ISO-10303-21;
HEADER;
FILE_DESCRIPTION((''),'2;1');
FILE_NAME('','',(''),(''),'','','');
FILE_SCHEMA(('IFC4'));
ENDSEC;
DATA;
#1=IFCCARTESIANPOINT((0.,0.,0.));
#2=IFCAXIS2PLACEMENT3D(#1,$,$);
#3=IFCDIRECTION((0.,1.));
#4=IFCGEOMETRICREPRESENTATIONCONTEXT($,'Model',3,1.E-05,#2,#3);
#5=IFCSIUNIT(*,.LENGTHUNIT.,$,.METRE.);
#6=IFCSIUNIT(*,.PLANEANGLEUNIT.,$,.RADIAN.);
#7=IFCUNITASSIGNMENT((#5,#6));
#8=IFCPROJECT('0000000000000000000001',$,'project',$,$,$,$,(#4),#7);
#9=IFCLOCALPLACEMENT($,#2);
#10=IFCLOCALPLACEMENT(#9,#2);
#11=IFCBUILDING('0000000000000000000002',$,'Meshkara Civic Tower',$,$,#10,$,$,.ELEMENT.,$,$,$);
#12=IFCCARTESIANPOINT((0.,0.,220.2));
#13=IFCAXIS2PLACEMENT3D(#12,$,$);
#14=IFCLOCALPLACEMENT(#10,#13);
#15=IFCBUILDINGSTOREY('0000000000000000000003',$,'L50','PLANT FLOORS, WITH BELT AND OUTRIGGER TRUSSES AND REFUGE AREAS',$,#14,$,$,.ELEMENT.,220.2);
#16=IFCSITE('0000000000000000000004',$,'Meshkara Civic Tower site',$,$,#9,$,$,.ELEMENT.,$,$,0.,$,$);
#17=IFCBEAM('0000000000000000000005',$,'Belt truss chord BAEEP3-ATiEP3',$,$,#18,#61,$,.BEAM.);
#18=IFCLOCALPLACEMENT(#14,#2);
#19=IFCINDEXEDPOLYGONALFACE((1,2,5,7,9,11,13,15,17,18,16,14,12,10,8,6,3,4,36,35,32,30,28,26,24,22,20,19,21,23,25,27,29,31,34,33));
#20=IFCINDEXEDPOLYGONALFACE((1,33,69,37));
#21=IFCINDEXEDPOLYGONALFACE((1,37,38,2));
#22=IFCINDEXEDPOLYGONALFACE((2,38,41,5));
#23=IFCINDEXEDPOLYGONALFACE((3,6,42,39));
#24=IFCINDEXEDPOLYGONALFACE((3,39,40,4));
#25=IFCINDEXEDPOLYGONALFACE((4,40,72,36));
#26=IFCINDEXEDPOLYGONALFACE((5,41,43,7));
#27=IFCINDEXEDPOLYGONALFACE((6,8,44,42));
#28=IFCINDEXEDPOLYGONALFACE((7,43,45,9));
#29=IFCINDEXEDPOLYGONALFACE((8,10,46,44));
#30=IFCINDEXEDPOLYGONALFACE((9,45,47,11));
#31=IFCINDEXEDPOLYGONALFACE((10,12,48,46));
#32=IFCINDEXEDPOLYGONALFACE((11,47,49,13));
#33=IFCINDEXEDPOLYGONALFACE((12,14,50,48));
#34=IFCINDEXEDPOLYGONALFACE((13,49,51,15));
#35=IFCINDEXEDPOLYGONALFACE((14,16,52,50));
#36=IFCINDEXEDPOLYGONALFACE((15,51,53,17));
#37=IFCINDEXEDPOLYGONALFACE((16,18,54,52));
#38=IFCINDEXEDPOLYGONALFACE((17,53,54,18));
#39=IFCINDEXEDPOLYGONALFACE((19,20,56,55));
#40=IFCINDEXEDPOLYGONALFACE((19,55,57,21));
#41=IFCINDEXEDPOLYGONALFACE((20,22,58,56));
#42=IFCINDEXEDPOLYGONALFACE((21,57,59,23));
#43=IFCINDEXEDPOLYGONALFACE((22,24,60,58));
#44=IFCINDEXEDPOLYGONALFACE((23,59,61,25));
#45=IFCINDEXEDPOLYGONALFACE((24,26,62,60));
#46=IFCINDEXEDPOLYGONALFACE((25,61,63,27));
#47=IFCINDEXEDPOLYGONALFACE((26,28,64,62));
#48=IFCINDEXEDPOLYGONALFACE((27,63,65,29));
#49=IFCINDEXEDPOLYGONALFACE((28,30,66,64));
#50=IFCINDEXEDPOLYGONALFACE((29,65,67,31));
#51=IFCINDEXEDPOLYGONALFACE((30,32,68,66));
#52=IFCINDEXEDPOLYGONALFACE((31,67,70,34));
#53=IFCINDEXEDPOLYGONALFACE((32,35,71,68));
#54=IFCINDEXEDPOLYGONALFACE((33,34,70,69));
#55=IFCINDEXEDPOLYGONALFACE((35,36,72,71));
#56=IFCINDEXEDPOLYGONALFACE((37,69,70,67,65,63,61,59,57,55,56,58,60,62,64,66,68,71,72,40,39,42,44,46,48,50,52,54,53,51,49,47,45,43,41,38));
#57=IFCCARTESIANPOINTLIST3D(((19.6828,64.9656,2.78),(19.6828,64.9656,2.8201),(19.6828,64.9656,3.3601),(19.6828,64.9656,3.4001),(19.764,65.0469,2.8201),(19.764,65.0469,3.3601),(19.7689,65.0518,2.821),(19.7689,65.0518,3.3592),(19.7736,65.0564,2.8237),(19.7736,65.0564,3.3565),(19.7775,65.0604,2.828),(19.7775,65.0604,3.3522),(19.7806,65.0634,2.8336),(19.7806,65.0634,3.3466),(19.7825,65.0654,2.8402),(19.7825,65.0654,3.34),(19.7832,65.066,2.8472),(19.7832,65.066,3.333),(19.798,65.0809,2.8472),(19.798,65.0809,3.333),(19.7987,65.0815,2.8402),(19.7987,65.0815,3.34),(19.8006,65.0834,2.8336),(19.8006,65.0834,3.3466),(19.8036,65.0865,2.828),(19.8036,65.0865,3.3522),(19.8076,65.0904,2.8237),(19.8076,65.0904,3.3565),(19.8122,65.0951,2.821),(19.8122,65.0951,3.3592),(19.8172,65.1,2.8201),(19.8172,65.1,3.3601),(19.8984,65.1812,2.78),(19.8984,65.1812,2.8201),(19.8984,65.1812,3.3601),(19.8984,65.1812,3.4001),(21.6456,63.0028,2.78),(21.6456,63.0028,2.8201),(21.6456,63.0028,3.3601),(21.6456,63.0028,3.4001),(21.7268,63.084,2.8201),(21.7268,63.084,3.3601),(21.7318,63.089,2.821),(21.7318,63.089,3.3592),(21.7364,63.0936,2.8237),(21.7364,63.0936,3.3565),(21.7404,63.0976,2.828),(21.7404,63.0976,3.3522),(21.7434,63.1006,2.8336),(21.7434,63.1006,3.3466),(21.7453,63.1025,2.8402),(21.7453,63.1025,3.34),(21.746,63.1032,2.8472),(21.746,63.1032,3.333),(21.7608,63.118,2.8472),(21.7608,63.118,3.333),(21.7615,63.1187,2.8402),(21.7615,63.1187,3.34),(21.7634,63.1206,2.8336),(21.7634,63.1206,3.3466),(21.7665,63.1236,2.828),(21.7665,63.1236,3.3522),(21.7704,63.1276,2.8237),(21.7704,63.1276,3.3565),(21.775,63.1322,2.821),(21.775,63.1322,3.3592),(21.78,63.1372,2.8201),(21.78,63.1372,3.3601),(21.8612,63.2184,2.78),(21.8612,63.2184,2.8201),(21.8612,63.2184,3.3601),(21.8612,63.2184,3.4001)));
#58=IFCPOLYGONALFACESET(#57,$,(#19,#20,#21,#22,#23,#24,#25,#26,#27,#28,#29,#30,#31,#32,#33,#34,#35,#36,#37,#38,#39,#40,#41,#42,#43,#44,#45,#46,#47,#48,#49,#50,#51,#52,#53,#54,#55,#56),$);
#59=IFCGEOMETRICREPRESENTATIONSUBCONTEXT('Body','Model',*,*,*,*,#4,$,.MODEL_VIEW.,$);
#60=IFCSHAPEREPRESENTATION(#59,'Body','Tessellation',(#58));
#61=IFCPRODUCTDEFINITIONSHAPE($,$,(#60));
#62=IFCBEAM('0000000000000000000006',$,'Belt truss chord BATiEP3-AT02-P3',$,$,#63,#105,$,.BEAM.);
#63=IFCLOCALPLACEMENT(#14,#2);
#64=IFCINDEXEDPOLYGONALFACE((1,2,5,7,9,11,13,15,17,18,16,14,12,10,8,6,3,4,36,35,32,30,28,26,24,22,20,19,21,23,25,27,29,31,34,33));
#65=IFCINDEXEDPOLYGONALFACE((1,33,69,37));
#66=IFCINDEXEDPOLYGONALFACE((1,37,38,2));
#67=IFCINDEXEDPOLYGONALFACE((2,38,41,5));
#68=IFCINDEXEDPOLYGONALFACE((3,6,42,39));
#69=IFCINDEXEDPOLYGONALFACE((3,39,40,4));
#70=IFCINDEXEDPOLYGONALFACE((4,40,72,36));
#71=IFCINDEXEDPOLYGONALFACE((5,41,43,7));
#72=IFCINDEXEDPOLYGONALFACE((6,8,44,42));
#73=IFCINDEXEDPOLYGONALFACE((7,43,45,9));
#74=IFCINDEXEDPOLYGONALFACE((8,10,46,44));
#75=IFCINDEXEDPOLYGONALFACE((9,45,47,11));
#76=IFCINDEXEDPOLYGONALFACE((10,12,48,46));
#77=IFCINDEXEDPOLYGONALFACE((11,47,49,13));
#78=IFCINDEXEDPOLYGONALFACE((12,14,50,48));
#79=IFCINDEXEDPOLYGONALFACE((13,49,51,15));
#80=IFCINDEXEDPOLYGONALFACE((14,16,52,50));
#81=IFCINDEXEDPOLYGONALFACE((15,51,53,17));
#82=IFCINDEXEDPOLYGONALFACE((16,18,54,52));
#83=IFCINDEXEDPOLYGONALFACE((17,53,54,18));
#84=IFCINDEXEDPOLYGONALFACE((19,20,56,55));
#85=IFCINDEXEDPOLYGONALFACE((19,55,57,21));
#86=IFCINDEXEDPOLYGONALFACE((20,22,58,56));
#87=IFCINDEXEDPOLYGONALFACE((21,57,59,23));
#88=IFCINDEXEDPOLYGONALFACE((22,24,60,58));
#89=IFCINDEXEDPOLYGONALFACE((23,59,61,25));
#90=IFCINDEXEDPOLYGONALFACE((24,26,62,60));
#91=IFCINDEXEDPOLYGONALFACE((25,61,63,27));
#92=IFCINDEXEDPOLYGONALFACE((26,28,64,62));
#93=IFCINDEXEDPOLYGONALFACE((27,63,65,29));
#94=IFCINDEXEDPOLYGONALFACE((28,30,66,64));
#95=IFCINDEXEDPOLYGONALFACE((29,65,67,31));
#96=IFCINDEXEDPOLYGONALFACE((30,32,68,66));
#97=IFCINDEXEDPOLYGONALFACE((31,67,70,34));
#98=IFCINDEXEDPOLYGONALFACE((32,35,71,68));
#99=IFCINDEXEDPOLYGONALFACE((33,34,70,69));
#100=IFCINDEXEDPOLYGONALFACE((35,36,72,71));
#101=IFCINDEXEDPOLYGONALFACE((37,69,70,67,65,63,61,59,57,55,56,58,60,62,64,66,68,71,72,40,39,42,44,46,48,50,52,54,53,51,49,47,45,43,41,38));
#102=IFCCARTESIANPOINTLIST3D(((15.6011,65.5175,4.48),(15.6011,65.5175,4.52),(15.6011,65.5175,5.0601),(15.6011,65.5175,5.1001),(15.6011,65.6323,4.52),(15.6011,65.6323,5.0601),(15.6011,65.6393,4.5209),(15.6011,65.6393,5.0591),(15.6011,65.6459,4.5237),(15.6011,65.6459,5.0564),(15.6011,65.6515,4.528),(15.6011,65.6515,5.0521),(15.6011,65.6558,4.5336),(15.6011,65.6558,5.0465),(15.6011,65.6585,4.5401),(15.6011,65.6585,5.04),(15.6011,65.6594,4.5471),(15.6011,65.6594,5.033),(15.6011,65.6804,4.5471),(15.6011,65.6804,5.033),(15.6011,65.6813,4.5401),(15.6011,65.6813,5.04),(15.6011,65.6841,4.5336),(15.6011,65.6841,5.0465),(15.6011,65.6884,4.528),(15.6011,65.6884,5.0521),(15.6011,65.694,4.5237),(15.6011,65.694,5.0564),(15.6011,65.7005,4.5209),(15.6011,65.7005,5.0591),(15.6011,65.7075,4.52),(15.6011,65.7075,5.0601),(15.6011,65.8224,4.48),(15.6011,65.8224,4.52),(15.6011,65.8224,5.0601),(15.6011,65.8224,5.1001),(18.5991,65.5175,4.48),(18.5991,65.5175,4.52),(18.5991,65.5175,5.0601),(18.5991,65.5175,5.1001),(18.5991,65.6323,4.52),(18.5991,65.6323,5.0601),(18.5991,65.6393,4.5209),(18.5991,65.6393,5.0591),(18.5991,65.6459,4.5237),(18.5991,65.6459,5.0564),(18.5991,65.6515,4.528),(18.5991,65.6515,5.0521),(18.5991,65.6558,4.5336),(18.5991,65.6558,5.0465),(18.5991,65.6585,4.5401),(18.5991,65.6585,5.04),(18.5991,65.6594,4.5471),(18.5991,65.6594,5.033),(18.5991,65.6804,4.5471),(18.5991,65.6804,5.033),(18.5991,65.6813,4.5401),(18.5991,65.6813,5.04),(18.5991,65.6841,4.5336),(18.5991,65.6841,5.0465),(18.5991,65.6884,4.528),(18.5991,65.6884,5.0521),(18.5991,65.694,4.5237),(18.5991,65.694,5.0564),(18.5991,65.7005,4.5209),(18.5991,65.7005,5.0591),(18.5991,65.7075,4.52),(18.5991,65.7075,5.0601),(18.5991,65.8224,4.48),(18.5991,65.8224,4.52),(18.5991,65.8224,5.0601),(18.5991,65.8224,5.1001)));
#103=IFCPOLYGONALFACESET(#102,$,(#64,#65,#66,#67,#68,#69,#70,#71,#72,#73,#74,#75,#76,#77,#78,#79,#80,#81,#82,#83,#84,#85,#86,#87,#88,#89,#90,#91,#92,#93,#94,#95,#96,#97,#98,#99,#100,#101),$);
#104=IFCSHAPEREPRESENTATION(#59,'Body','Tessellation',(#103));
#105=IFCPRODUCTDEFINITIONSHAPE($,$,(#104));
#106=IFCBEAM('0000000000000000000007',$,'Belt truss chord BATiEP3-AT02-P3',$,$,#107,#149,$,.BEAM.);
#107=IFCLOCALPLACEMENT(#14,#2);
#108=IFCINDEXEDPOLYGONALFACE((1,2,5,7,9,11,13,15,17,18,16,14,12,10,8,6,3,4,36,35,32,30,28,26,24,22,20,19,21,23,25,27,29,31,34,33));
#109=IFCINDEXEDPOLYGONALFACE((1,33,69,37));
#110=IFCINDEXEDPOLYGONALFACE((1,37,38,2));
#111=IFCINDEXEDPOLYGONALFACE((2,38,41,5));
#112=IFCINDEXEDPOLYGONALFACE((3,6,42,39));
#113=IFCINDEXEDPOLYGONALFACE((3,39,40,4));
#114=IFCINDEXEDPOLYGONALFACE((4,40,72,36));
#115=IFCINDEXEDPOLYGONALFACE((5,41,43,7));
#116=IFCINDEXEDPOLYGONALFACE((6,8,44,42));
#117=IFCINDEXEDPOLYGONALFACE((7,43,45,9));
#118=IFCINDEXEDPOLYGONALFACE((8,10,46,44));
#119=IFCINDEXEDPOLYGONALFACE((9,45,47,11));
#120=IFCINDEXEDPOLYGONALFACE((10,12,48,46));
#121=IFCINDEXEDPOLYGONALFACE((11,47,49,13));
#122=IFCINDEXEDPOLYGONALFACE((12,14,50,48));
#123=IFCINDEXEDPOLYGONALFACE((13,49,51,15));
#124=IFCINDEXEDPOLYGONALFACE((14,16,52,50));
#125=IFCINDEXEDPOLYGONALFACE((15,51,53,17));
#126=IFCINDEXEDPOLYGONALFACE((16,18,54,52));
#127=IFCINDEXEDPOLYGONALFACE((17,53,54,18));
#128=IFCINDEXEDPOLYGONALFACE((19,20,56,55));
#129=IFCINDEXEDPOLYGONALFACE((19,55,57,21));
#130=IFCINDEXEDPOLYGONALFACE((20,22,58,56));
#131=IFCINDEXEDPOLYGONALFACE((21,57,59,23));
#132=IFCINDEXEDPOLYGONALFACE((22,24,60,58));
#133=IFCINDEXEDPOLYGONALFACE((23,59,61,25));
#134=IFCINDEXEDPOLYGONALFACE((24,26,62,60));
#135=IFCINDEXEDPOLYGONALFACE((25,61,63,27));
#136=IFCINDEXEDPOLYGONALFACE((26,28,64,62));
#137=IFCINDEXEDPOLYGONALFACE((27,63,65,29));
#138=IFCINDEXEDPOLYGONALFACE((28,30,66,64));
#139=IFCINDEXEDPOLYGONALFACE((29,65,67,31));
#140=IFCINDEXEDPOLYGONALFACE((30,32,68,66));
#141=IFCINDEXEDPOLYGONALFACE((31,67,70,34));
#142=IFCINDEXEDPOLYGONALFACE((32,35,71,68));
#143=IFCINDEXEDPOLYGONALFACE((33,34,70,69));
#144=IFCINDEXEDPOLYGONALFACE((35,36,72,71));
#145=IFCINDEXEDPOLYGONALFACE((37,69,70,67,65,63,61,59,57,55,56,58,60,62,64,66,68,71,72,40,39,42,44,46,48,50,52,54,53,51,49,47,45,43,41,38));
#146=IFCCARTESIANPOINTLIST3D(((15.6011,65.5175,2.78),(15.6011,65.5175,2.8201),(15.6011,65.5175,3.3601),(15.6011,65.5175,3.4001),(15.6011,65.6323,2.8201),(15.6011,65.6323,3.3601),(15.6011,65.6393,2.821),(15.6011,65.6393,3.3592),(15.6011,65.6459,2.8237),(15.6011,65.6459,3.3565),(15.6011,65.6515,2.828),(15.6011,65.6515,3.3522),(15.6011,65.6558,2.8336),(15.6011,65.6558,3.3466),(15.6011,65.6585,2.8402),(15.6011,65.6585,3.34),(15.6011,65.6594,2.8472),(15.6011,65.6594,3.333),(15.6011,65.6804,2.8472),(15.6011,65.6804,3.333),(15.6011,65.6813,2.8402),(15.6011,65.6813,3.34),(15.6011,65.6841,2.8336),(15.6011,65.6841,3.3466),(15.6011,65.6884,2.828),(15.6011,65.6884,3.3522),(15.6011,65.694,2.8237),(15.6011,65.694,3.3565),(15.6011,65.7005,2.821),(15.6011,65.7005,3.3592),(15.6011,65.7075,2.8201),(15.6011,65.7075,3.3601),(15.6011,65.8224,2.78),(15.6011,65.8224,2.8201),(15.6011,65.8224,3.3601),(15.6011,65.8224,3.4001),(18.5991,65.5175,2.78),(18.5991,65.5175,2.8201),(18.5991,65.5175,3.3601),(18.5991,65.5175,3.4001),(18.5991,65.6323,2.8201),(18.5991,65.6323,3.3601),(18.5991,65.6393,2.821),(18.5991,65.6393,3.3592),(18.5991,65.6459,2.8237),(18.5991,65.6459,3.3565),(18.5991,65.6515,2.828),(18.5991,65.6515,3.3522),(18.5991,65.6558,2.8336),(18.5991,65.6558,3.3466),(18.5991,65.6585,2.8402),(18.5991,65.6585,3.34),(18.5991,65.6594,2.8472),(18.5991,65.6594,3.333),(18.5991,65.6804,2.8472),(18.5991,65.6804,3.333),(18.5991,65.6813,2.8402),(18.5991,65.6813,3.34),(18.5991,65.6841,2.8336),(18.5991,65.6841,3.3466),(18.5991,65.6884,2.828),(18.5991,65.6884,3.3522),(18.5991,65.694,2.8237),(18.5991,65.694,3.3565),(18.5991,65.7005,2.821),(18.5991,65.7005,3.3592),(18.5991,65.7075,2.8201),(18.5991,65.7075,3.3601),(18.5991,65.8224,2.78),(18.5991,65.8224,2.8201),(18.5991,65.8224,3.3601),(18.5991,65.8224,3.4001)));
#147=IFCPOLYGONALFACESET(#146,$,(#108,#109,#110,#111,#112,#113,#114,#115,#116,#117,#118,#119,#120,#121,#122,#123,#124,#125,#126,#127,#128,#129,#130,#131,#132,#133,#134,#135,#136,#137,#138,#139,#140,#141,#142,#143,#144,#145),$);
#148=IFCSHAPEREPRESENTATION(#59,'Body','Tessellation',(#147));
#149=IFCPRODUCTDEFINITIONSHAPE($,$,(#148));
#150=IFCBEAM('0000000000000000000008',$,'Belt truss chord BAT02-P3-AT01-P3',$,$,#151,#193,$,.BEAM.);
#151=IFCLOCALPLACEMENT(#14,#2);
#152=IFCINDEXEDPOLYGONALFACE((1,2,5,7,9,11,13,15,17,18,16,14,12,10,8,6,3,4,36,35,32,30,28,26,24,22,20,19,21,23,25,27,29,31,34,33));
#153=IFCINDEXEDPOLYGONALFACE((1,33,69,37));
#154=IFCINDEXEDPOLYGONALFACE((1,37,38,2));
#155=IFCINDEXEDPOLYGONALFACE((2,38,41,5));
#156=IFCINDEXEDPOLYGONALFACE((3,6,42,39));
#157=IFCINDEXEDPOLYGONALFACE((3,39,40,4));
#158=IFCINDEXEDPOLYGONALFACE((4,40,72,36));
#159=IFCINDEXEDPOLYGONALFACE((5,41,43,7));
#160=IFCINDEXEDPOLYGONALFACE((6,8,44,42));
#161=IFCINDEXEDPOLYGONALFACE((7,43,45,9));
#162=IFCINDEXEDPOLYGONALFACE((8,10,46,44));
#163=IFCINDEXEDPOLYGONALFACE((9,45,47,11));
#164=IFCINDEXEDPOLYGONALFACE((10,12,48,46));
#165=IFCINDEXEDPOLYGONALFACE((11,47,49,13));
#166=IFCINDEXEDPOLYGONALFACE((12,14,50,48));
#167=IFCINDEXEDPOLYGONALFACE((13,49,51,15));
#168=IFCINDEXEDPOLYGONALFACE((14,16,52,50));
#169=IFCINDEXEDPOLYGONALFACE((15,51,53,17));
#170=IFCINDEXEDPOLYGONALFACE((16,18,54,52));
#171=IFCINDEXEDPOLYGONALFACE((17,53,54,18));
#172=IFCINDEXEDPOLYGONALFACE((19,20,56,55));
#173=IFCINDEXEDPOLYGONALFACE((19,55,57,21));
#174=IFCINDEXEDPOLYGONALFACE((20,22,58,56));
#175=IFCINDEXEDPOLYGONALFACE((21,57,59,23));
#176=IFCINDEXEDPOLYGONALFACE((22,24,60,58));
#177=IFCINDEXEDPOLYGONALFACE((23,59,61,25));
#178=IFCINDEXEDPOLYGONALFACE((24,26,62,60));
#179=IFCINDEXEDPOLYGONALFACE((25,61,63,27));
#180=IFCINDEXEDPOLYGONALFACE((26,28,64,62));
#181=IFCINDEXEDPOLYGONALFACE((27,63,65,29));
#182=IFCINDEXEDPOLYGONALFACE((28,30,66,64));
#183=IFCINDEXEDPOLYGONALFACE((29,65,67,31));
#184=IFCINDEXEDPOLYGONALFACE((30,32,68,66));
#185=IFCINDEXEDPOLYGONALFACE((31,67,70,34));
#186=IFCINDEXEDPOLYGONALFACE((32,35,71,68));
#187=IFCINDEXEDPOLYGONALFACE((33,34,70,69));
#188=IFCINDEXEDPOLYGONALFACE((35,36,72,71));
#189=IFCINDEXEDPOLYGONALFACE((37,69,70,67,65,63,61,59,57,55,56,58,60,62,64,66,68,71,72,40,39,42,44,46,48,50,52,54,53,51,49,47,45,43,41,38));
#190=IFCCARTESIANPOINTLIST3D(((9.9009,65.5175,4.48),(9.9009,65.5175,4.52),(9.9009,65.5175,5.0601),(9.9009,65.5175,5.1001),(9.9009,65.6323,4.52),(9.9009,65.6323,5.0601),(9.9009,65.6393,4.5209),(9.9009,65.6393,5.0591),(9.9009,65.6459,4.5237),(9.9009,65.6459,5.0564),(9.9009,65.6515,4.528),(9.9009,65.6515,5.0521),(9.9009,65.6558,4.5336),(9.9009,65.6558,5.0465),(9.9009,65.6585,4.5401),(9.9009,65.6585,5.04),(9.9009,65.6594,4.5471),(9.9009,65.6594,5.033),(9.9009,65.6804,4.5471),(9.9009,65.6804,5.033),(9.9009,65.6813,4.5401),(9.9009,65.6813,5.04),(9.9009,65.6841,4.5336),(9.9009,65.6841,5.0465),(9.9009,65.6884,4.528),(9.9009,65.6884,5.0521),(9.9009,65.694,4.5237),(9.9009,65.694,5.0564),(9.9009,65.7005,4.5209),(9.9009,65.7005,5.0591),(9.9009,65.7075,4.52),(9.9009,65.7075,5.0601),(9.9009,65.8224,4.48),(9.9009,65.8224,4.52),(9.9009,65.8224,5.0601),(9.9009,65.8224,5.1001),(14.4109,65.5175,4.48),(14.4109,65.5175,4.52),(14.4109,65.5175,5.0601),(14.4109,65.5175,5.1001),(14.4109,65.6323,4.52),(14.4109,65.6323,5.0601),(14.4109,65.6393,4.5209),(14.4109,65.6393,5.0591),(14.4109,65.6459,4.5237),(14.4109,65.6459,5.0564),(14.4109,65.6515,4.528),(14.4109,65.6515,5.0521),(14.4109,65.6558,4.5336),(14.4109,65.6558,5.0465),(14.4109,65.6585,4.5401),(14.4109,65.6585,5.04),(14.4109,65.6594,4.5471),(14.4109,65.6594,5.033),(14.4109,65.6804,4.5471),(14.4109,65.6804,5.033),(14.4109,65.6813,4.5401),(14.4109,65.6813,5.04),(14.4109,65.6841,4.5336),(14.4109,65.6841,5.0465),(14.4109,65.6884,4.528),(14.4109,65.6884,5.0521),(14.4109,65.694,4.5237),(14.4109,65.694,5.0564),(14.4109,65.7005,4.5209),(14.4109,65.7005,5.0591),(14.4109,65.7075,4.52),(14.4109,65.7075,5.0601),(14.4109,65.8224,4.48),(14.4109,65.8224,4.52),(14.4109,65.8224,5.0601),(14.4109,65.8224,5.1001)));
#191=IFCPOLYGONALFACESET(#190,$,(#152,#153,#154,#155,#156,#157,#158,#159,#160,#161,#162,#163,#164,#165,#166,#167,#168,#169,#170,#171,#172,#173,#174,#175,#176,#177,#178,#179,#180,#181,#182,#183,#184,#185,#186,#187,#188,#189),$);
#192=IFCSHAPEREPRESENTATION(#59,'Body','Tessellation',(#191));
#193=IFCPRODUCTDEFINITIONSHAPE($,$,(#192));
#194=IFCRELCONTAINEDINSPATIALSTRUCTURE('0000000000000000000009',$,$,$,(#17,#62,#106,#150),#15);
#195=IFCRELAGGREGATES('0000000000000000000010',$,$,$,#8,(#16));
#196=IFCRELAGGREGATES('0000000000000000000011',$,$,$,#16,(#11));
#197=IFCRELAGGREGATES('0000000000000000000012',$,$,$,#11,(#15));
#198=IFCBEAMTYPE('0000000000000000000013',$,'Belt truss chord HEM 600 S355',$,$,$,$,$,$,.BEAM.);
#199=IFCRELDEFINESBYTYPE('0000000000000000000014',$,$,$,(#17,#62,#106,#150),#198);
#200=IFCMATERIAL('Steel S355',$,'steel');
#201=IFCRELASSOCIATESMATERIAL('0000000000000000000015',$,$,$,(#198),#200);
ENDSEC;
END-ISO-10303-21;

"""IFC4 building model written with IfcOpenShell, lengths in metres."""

from ifc_helpers import new_model, si_unit, direction, frame, origin, origin_2d, place, context, subcontext, project, spatial, i_section, extrude, material, material_profile, profile_set, type_object, element, save


model = new_model("IFC4")

# Units and contexts
model_context = context("Model", 3, precision=1e-05, world=origin(), true_north=direction((0.0, 1.0)))
body_context = subcontext(model_context, "Body", "Model", "MODEL_VIEW")
ifc_project = project(units=[si_unit("LENGTHUNIT", "METRE"), si_unit("PLANEANGLEUNIT", "RADIAN")], contexts=[model_context])

# Site, building, storey
site_placement = place(None, origin())
site = spatial("IfcSite", under=ifc_project, at=site_placement, Name="Meshkara Civic Tower site", CompositionType="ELEMENT", RefElevation=0.0)
building_placement = place(site_placement, origin())
building = spatial("IfcBuilding", under=site, at=building_placement, Name="Meshkara Civic Tower", CompositionType="ELEMENT")
storey_placement = place(building_placement, frame((0.0, 0.0, 220.2)))
storey = spatial("IfcBuildingStorey", under=building, at=storey_placement, Name="L50", Description="PLANT FLOORS, WITH BELT AND OUTRIGGER TRUSSES AND REFUGE AREAS", CompositionType="ELEMENT", Elevation=220.2)

# Beams
ifc_material_1 = material(Name="Steel S355", Category="steel")
ifc_material_profile_1 = material_profile(ifc_material_1, i_section(OverallWidth=0.3049, OverallDepth=0.6201, WebThickness=0.021, FlangeThickness=0.04, FilletRadius=0.0271, at=origin_2d()))
ifc_profile_set_1 = profile_set([ifc_material_profile_1], Name="Steel S355")
beam_type = type_object("IfcBeamType", Name="Belt truss chord HEM 600 S355", PredefinedType="BEAM", material=ifc_profile_set_1)
for number, where, z_axis, x_axis, name in (
    (1, (21.7534, 63.1106, 3.0901), (-0.707107, 0.707107, 0.0), (-0.707107, -0.707107, 0.0), "Belt truss chord BAEEP3-ATiEP3"),
):
    element("IfcBeam", number, at=place(storey_placement, frame(where, z_axis=z_axis, x_axis=x_axis)), inside=storey, type_object=beam_type, Name=name, PredefinedType="BEAM", context=body_context, shape_type="SweptSolid", body=[
        extrude(i_section(OverallWidth=0.3049, OverallDepth=0.6201, WebThickness=0.021, FlangeThickness=0.04, FilletRadius=0.0271, at=origin_2d()), origin(), (0.0, 0.0, 1.0), 2.7759),
    ])
for number, where, z_axis, x_axis, name in (
    (2, (18.5991, 65.6699, 4.79), (-1.0, 0.0, 0.0), (0.0, -1.0, 0.0), "Belt truss chord BATiEP3-AT02-P3"),
    (3, (18.5991, 65.6699, 3.0901), (-1.0, 0.0, 0.0), (0.0, -1.0, 0.0), "Belt truss chord BATiEP3-AT02-P3"),
):
    element("IfcBeam", number, at=place(storey_placement, frame(where, z_axis=z_axis, x_axis=x_axis)), inside=storey, type_object=beam_type, Name=name, PredefinedType="BEAM", context=body_context, shape_type="SweptSolid", body=[
        extrude(i_section(OverallWidth=0.3049, OverallDepth=0.6201, WebThickness=0.021, FlangeThickness=0.04, FilletRadius=0.0271, at=origin_2d()), origin(), (0.0, 0.0, 1.0), 2.998),
    ])
for number, where, z_axis, x_axis, name in (
    (4, (14.4109, 65.6699, 4.79), (-1.0, 0.0, 0.0), (0.0, -1.0, 0.0), "Belt truss chord BAT02-P3-AT01-P3"),
):
    element("IfcBeam", number, at=place(storey_placement, frame(where, z_axis=z_axis, x_axis=x_axis)), inside=storey, type_object=beam_type, Name=name, PredefinedType="BEAM", context=body_context, shape_type="SweptSolid", body=[
        extrude(i_section(OverallWidth=0.3049, OverallDepth=0.6201, WebThickness=0.021, FlangeThickness=0.04, FilletRadius=0.0271, at=origin_2d()), origin(), (0.0, 0.0, 1.0), 4.51),
    ])

save(model, "model.ifc")
